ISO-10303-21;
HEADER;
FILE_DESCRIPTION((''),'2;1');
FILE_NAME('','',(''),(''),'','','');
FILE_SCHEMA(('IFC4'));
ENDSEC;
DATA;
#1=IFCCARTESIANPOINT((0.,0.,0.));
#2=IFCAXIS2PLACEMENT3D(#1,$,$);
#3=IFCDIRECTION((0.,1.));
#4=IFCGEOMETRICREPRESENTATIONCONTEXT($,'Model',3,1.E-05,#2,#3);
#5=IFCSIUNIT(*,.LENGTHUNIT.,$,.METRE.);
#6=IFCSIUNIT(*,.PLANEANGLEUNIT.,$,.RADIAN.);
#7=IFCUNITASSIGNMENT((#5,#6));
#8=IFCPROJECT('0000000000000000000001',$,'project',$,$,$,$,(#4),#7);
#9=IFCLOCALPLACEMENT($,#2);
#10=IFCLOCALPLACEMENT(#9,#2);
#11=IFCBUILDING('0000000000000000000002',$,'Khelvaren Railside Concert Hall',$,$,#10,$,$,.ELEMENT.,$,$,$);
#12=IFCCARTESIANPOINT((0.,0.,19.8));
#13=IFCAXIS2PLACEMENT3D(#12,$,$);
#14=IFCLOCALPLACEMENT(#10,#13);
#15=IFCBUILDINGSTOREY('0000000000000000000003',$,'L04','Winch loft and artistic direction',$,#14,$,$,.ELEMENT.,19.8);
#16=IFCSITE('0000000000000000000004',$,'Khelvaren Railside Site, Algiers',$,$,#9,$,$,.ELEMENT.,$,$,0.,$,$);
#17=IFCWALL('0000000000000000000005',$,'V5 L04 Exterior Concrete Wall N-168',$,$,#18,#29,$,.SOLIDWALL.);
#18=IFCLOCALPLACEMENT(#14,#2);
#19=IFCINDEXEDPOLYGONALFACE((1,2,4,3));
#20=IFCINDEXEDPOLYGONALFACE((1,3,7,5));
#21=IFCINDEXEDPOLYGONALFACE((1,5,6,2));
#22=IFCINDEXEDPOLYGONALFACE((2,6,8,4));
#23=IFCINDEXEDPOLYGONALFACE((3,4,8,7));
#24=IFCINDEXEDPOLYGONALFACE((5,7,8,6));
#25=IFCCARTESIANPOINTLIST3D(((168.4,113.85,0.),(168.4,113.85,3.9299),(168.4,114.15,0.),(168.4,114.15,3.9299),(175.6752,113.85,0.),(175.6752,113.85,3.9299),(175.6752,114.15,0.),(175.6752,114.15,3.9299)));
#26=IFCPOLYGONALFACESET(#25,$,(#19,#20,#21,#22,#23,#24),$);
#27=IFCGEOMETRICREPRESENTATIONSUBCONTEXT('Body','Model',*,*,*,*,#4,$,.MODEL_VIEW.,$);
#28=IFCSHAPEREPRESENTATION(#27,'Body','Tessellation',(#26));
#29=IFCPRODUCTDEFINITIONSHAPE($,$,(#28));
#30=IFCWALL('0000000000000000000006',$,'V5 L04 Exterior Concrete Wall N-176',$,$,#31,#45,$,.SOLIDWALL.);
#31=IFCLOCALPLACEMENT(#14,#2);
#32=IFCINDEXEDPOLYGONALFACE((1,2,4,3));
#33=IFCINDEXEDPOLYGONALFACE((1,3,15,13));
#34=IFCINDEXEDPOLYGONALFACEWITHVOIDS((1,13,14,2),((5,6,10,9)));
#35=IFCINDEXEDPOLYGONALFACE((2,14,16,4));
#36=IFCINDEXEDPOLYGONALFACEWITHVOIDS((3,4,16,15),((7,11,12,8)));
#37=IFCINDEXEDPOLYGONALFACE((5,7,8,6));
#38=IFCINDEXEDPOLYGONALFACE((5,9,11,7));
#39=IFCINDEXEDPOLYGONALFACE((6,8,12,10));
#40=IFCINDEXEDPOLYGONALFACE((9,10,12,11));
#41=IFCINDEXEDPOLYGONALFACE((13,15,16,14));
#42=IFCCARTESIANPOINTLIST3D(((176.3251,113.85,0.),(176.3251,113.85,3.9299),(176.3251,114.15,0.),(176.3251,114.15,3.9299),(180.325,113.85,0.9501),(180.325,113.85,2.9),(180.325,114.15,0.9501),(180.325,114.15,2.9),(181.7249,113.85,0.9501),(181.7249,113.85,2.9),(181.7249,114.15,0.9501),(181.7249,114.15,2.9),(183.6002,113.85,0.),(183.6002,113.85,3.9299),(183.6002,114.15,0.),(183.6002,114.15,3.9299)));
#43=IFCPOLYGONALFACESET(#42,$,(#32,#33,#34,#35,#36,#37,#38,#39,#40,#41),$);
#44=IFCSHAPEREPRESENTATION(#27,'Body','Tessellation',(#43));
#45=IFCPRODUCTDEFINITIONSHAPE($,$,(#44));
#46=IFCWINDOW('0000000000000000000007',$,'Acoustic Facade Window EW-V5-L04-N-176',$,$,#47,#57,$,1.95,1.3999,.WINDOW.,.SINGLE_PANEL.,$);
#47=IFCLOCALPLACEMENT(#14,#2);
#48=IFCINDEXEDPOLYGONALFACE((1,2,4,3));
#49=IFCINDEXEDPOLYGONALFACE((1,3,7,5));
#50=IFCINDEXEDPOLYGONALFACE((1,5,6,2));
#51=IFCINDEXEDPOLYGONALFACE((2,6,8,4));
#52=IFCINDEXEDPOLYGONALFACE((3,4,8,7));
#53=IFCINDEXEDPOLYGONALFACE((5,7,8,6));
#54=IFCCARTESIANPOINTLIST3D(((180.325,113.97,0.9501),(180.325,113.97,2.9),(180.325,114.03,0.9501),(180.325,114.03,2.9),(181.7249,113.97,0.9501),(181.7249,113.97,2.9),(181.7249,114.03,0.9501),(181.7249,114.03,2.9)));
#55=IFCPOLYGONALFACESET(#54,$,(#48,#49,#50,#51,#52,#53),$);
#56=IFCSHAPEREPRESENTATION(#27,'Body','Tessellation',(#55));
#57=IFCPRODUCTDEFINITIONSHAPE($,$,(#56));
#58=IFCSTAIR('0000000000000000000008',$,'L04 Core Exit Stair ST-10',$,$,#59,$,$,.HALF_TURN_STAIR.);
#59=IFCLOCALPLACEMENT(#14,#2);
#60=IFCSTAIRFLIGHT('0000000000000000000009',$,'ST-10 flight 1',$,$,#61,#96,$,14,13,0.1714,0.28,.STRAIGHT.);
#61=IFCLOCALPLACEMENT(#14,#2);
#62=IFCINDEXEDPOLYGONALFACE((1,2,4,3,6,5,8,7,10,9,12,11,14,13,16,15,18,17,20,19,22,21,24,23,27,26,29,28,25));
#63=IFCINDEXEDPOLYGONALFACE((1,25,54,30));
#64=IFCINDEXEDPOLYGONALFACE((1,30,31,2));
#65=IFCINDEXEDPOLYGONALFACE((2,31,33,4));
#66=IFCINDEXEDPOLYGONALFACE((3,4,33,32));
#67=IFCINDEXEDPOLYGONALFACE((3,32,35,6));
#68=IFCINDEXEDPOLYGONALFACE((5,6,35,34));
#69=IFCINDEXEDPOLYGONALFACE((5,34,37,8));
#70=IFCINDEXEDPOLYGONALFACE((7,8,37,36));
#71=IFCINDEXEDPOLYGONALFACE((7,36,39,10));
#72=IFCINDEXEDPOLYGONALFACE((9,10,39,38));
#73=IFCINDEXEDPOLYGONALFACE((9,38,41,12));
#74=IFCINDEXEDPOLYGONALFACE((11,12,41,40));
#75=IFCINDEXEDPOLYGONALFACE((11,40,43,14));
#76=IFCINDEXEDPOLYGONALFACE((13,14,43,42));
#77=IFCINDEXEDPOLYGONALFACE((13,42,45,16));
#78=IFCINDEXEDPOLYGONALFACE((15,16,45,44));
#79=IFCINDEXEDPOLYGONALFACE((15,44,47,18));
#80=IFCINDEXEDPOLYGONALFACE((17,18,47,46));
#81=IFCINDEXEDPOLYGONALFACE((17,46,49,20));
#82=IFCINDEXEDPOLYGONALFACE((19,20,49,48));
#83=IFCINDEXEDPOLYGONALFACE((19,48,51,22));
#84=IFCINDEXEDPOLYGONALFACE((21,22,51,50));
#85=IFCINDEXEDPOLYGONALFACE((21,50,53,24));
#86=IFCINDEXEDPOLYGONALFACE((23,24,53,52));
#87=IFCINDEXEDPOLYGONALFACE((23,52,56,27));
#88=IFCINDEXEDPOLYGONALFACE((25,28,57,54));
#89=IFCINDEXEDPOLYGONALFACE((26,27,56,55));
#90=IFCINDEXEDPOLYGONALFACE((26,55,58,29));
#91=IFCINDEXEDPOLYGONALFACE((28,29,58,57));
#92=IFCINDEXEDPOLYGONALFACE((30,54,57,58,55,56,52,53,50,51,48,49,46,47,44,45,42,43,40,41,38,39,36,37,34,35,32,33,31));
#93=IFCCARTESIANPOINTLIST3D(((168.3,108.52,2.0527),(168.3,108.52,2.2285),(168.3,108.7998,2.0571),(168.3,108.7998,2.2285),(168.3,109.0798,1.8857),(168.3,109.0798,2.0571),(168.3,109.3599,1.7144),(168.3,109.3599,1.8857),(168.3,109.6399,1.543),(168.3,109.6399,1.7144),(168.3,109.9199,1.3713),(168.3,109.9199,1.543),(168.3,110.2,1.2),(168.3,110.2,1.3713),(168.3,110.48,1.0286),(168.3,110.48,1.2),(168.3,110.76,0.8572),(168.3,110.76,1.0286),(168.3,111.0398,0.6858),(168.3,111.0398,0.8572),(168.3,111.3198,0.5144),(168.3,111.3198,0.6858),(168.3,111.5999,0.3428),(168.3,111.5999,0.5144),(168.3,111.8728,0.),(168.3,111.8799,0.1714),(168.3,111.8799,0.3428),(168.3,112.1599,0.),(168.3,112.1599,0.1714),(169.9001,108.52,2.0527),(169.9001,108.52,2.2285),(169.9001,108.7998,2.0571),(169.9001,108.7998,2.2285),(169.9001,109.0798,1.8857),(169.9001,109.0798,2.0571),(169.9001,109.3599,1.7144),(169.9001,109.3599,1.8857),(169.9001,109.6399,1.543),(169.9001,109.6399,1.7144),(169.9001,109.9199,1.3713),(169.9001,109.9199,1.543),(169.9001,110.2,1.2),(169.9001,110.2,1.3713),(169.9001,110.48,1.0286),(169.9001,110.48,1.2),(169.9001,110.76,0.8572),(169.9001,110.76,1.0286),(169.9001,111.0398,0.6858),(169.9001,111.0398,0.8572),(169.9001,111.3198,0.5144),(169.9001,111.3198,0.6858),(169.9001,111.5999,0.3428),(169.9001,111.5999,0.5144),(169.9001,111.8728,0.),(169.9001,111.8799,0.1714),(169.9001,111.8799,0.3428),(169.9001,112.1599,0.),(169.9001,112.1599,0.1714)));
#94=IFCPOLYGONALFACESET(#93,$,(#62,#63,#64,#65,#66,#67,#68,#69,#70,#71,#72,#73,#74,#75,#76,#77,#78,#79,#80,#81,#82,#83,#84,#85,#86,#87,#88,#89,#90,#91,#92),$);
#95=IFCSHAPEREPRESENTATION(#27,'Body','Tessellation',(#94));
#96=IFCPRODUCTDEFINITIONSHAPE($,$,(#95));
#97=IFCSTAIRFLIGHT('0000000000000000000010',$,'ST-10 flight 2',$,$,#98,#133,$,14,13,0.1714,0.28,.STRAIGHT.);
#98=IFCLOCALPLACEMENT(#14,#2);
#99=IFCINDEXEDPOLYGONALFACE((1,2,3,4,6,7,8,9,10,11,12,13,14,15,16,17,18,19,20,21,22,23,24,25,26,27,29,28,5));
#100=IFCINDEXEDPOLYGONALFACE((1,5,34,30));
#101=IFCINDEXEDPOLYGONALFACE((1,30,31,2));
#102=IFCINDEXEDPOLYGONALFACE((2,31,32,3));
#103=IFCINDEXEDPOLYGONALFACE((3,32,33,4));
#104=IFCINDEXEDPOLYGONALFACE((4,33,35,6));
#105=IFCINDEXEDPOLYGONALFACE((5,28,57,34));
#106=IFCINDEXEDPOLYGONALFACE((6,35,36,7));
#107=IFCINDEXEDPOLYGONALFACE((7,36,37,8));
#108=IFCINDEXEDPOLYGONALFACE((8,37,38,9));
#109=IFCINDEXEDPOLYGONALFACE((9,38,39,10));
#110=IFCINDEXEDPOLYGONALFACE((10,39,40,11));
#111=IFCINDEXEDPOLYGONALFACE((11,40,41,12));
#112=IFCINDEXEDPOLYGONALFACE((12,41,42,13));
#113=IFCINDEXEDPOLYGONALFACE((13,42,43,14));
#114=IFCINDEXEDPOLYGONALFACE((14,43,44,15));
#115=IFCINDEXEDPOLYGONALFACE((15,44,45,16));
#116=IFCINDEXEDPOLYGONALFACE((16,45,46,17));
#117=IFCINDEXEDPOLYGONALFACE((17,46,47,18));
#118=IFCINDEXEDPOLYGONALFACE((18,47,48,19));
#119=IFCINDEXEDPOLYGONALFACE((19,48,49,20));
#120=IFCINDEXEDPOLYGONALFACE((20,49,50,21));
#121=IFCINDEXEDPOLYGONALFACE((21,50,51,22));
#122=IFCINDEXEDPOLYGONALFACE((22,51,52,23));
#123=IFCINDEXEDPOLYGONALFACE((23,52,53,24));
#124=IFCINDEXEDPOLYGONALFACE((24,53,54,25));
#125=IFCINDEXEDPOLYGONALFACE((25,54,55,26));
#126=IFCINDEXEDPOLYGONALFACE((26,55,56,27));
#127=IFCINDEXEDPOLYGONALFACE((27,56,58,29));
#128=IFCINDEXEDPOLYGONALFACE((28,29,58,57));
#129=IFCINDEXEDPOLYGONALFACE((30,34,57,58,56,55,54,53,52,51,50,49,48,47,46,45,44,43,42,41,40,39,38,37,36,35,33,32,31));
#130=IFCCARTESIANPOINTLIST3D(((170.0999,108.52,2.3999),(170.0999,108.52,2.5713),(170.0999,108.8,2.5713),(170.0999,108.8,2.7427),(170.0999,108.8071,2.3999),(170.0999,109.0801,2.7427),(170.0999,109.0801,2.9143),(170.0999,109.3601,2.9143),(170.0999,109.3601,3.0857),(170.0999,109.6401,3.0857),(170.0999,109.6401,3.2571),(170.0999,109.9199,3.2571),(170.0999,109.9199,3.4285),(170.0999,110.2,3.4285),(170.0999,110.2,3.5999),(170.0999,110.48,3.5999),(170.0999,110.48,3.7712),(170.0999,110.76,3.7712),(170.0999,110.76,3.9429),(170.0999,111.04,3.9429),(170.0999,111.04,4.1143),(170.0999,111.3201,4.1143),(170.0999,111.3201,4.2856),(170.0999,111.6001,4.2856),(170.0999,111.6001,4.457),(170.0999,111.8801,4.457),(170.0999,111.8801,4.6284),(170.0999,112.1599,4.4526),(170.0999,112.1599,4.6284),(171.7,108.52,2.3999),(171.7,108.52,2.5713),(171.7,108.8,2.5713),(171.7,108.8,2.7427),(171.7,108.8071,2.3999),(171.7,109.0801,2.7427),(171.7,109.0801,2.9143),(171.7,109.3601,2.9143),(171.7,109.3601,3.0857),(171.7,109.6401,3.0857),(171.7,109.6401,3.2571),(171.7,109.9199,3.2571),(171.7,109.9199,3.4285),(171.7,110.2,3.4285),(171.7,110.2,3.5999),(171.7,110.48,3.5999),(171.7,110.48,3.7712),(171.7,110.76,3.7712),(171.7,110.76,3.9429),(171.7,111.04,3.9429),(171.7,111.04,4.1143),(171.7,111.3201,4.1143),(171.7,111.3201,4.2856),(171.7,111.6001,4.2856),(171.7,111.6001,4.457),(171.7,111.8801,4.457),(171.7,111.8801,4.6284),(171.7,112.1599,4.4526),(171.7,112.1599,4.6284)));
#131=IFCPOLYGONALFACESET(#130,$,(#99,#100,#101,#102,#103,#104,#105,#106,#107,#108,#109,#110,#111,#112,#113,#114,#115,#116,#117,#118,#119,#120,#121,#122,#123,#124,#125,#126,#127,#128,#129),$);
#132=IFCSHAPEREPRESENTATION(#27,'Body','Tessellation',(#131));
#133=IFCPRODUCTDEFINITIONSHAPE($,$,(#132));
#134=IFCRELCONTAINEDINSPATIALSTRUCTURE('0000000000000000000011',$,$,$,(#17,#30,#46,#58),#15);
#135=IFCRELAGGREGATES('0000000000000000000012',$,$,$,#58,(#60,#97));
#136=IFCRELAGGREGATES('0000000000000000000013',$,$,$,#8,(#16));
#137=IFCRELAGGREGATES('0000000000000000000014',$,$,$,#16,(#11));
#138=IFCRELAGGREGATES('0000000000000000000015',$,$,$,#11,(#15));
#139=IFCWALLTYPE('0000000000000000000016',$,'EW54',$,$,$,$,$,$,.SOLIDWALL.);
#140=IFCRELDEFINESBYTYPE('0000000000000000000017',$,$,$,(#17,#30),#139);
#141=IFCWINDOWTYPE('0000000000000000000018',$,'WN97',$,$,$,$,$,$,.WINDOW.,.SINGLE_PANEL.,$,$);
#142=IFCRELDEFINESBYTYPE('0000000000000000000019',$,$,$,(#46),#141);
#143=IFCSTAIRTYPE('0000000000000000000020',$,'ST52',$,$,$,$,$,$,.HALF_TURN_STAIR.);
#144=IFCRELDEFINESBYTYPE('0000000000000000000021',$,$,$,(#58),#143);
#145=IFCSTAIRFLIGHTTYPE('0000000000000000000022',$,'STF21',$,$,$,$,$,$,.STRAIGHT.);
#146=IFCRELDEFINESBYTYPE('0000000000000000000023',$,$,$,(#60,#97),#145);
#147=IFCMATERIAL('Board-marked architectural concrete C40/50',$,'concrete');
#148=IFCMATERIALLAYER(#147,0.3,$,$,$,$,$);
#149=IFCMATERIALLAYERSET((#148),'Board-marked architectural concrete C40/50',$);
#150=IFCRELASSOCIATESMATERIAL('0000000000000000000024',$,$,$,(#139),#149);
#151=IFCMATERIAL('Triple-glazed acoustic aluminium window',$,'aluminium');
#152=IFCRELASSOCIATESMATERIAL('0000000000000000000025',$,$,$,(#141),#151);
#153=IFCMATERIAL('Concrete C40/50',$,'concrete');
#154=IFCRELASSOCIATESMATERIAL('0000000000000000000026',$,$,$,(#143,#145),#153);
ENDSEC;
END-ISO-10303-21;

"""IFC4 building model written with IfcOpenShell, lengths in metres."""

from ifc_helpers import new_model, si_unit, direction, frame, frame_2d, origin, place, context, subcontext, project, spatial, polyline, rectangle, outline, extrude, material, layer, layer_set, type_object, element, fill, aggregate, save


model = new_model("IFC4")

# Units and contexts
model_context = context("Model", 3, precision=1e-05, world=origin(), true_north=direction((0.0, 1.0)))
body_context = subcontext(model_context, "Body", "Model", "MODEL_VIEW")
ifc_project = project(units=[si_unit("LENGTHUNIT", "METRE"), si_unit("PLANEANGLEUNIT", "RADIAN")], contexts=[model_context])

# Site, building, storey
site_placement = place(None, origin())
site = spatial("IfcSite", under=ifc_project, at=site_placement, Name="Khelvaren Railside Site, Algiers", CompositionType="ELEMENT", RefElevation=0.0)
building_placement = place(site_placement, origin())
building = spatial("IfcBuilding", under=site, at=building_placement, Name="Khelvaren Railside Concert Hall", CompositionType="ELEMENT")
storey_placement = place(building_placement, frame((0.0, 0.0, 19.8)))
storey = spatial("IfcBuildingStorey", under=building, at=storey_placement, Name="L04", Description="Winch loft and artistic direction", CompositionType="ELEMENT", Elevation=19.8)

# Shared definitions
ifc_material_1 = material(Name="Concrete C40/50", Category="concrete")

# Wall
ifc_material_2 = material(Name="Board-marked architectural concrete C40/50", Category="concrete")
ifc_layer_1 = layer(ifc_material_2, 0.3)
ifc_layer_set_1 = layer_set([ifc_layer_1], Name="Board-marked architectural concrete C40/50")
wall_type_1 = type_object("IfcWallType", Name="EW54", PredefinedType="SOLIDWALL", material=ifc_layer_set_1)
wall_1_placement = place(storey_placement, frame((168.3999, 114.0, 0.0), z_axis=(0.0, 0.0, 1.0), x_axis=(1.0, 0.0, 0.0)))
element("IfcWall", 1, at=wall_1_placement, inside=storey, type_object=wall_type_1, Name="V5 L04 Exterior Concrete Wall N-168", PredefinedType="SOLIDWALL", context=body_context, shape_type="SweptSolid", body=[
    extrude(rectangle(XDim=7.2751, YDim=0.3, at=frame_2d((3.6377, 0.0))), origin(), (0.0, 0.0, 1.0), 3.9299),
])

# Wall, opening, window
wall_2_placement = place(storey_placement, frame((176.325, 114.0, 0.0), z_axis=(0.0, 0.0, 1.0), x_axis=(1.0, 0.0, 0.0)))
wall_2 = element("IfcWall", 2, at=wall_2_placement, inside=storey, type_object=wall_type_1, Name="V5 L04 Exterior Concrete Wall N-176", PredefinedType="SOLIDWALL", context=body_context, shape_type="SweptSolid", body=[
    extrude(rectangle(XDim=7.2751, YDim=0.3, at=frame_2d((3.6377, 0.0))), origin(), (0.0, 0.0, 1.0), 3.9299),
])
opening_1_placement = place(wall_2_placement, frame((4.0, 0.0, 0.95)))
opening_1 = element("IfcOpeningElement", 3, at=opening_1_placement, cuts=wall_2, PredefinedType="OPENING", context=body_context, shape_type="SweptSolid", body=[
    extrude(rectangle(XDim=1.3999, YDim=1.95, at=frame_2d((0.7, 0.9751))), frame((0.0, 0.1599, 0.0), z_axis=(0.0, -1.0, 0.0), x_axis=(1.0, 0.0, 0.0)), (0.0, 0.0, 1.0), 0.3201),
])
ifc_material_3 = material(Name="Triple-glazed acoustic aluminium window", Category="aluminium")
window_type = type_object("IfcWindowType", Name="WN97", PartitioningType="SINGLE_PANEL", PredefinedType="WINDOW", material=ifc_material_3)
window_placement = place(opening_1_placement, origin())
window = element("IfcWindow", 4, at=window_placement, inside=storey, type_object=window_type, Name="Acoustic Facade Window EW-V5-L04-N-176", OverallHeight=1.95, OverallWidth=1.3999, PartitioningType="SINGLE_PANEL", PredefinedType="WINDOW", context=body_context, shape_type="SweptSolid", body=[
    extrude(rectangle(XDim=1.3999, YDim=1.95, at=frame_2d((0.7, 0.9751))), frame((0.0, 0.03, 0.0), z_axis=(0.0, -1.0, 0.0), x_axis=(1.0, 0.0, 0.0)), (0.0, 0.0, 1.0), 0.0601),
])
fill(opening_1, window)

# Stair, stair flights
stair_type = type_object("IfcStairType", Name="ST52", PredefinedType="HALF_TURN_STAIR", material=ifc_material_1)
stair_placement = place(storey_placement, origin())
stair = element("IfcStair", 5, at=stair_placement, inside=storey, type_object=stair_type, Name="L04 Core Exit Stair ST-10", PredefinedType="HALF_TURN_STAIR")
stair_flight_type = type_object("IfcStairFlightType", Name="STF21", PredefinedType="STRAIGHT", material=ifc_material_1)
stair_flight_1_placement = place(storey_placement, frame((169.1001, 112.1599, 0.0), z_axis=(0.0, 0.0, 1.0), x_axis=(0.0, -1.0, 0.0)))
stair_flight_1 = element("IfcStairFlight", 6, at=stair_flight_1_placement, type_object=stair_flight_type, Name="ST-10 flight 1", NumberOfRisers=14, NumberOfTreads=13, PredefinedType="STRAIGHT", RiserHeight=0.1714, TreadLength=0.28, context=body_context, shape_type="SweptSolid", body=[
    extrude(outline(polyline([(0.0, 0.0), (0.0, 0.1714), (0.28, 0.1714), (0.28, 0.3428), (0.5601, 0.3428), (0.5601, 0.5144), (0.8401, 0.5144), (0.8401, 0.6858), (1.1201, 0.6858), (1.1201, 0.8572), (1.3999, 0.8572), (1.3999, 1.0286), (1.6799, 1.0286), (1.6799, 1.2), (1.96, 1.2), (1.96, 1.3713), (2.24, 1.3713), (2.24, 1.543), (2.52, 1.543), (2.52, 1.7144), (2.8, 1.7144), (2.8, 1.8857), (3.0801, 1.8857), (3.0801, 2.0571), (3.3601, 2.0571), (3.3601, 2.2285), (3.6399, 2.2285), (3.6399, 2.3999), (3.6399, 2.0527), (0.2871, 0.0), (0.0, 0.0)])), frame((0.0, 0.8, 0.0), z_axis=(0.0, -1.0, 0.0), x_axis=(1.0, 0.0, 0.0)), (0.0, 0.0, 1.0), 1.6001),
])
stair_flight_2_placement = place(storey_placement, frame((170.8999, 108.52, 2.3999), z_axis=(0.0, 0.0, 1.0), x_axis=(0.0, 1.0, 0.0)))
stair_flight_2 = element("IfcStairFlight", 7, at=stair_flight_2_placement, type_object=stair_flight_type, Name="ST-10 flight 2", NumberOfRisers=14, NumberOfTreads=13, PredefinedType="STRAIGHT", RiserHeight=0.1714, TreadLength=0.28, context=body_context, shape_type="SweptSolid", body=[
    extrude(outline(polyline([(0.0, 0.0), (0.0, 0.1714), (0.28, 0.1714), (0.28, 0.3428), (0.5601, 0.3428), (0.5601, 0.5144), (0.8401, 0.5144), (0.8401, 0.6858), (1.1201, 0.6858), (1.1201, 0.8572), (1.3999, 0.8572), (1.3999, 1.0286), (1.6799, 1.0286), (1.6799, 1.2), (1.96, 1.2), (1.96, 1.3713), (2.24, 1.3713), (2.24, 1.543), (2.52, 1.543), (2.52, 1.7144), (2.8, 1.7144), (2.8, 1.8857), (3.0801, 1.8857), (3.0801, 2.0571), (3.3601, 2.0571), (3.3601, 2.2285), (3.6399, 2.2285), (3.6399, 2.3999), (3.6399, 2.0527), (0.2871, 0.0), (0.0, 0.0)])), frame((0.0, 0.8, 0.0), z_axis=(0.0, -1.0, 0.0), x_axis=(1.0, 0.0, 0.0)), (0.0, 0.0, 1.0), 1.6001),
])
aggregate(stair, [stair_flight_1, stair_flight_2])

save(model, "model.ifc")
